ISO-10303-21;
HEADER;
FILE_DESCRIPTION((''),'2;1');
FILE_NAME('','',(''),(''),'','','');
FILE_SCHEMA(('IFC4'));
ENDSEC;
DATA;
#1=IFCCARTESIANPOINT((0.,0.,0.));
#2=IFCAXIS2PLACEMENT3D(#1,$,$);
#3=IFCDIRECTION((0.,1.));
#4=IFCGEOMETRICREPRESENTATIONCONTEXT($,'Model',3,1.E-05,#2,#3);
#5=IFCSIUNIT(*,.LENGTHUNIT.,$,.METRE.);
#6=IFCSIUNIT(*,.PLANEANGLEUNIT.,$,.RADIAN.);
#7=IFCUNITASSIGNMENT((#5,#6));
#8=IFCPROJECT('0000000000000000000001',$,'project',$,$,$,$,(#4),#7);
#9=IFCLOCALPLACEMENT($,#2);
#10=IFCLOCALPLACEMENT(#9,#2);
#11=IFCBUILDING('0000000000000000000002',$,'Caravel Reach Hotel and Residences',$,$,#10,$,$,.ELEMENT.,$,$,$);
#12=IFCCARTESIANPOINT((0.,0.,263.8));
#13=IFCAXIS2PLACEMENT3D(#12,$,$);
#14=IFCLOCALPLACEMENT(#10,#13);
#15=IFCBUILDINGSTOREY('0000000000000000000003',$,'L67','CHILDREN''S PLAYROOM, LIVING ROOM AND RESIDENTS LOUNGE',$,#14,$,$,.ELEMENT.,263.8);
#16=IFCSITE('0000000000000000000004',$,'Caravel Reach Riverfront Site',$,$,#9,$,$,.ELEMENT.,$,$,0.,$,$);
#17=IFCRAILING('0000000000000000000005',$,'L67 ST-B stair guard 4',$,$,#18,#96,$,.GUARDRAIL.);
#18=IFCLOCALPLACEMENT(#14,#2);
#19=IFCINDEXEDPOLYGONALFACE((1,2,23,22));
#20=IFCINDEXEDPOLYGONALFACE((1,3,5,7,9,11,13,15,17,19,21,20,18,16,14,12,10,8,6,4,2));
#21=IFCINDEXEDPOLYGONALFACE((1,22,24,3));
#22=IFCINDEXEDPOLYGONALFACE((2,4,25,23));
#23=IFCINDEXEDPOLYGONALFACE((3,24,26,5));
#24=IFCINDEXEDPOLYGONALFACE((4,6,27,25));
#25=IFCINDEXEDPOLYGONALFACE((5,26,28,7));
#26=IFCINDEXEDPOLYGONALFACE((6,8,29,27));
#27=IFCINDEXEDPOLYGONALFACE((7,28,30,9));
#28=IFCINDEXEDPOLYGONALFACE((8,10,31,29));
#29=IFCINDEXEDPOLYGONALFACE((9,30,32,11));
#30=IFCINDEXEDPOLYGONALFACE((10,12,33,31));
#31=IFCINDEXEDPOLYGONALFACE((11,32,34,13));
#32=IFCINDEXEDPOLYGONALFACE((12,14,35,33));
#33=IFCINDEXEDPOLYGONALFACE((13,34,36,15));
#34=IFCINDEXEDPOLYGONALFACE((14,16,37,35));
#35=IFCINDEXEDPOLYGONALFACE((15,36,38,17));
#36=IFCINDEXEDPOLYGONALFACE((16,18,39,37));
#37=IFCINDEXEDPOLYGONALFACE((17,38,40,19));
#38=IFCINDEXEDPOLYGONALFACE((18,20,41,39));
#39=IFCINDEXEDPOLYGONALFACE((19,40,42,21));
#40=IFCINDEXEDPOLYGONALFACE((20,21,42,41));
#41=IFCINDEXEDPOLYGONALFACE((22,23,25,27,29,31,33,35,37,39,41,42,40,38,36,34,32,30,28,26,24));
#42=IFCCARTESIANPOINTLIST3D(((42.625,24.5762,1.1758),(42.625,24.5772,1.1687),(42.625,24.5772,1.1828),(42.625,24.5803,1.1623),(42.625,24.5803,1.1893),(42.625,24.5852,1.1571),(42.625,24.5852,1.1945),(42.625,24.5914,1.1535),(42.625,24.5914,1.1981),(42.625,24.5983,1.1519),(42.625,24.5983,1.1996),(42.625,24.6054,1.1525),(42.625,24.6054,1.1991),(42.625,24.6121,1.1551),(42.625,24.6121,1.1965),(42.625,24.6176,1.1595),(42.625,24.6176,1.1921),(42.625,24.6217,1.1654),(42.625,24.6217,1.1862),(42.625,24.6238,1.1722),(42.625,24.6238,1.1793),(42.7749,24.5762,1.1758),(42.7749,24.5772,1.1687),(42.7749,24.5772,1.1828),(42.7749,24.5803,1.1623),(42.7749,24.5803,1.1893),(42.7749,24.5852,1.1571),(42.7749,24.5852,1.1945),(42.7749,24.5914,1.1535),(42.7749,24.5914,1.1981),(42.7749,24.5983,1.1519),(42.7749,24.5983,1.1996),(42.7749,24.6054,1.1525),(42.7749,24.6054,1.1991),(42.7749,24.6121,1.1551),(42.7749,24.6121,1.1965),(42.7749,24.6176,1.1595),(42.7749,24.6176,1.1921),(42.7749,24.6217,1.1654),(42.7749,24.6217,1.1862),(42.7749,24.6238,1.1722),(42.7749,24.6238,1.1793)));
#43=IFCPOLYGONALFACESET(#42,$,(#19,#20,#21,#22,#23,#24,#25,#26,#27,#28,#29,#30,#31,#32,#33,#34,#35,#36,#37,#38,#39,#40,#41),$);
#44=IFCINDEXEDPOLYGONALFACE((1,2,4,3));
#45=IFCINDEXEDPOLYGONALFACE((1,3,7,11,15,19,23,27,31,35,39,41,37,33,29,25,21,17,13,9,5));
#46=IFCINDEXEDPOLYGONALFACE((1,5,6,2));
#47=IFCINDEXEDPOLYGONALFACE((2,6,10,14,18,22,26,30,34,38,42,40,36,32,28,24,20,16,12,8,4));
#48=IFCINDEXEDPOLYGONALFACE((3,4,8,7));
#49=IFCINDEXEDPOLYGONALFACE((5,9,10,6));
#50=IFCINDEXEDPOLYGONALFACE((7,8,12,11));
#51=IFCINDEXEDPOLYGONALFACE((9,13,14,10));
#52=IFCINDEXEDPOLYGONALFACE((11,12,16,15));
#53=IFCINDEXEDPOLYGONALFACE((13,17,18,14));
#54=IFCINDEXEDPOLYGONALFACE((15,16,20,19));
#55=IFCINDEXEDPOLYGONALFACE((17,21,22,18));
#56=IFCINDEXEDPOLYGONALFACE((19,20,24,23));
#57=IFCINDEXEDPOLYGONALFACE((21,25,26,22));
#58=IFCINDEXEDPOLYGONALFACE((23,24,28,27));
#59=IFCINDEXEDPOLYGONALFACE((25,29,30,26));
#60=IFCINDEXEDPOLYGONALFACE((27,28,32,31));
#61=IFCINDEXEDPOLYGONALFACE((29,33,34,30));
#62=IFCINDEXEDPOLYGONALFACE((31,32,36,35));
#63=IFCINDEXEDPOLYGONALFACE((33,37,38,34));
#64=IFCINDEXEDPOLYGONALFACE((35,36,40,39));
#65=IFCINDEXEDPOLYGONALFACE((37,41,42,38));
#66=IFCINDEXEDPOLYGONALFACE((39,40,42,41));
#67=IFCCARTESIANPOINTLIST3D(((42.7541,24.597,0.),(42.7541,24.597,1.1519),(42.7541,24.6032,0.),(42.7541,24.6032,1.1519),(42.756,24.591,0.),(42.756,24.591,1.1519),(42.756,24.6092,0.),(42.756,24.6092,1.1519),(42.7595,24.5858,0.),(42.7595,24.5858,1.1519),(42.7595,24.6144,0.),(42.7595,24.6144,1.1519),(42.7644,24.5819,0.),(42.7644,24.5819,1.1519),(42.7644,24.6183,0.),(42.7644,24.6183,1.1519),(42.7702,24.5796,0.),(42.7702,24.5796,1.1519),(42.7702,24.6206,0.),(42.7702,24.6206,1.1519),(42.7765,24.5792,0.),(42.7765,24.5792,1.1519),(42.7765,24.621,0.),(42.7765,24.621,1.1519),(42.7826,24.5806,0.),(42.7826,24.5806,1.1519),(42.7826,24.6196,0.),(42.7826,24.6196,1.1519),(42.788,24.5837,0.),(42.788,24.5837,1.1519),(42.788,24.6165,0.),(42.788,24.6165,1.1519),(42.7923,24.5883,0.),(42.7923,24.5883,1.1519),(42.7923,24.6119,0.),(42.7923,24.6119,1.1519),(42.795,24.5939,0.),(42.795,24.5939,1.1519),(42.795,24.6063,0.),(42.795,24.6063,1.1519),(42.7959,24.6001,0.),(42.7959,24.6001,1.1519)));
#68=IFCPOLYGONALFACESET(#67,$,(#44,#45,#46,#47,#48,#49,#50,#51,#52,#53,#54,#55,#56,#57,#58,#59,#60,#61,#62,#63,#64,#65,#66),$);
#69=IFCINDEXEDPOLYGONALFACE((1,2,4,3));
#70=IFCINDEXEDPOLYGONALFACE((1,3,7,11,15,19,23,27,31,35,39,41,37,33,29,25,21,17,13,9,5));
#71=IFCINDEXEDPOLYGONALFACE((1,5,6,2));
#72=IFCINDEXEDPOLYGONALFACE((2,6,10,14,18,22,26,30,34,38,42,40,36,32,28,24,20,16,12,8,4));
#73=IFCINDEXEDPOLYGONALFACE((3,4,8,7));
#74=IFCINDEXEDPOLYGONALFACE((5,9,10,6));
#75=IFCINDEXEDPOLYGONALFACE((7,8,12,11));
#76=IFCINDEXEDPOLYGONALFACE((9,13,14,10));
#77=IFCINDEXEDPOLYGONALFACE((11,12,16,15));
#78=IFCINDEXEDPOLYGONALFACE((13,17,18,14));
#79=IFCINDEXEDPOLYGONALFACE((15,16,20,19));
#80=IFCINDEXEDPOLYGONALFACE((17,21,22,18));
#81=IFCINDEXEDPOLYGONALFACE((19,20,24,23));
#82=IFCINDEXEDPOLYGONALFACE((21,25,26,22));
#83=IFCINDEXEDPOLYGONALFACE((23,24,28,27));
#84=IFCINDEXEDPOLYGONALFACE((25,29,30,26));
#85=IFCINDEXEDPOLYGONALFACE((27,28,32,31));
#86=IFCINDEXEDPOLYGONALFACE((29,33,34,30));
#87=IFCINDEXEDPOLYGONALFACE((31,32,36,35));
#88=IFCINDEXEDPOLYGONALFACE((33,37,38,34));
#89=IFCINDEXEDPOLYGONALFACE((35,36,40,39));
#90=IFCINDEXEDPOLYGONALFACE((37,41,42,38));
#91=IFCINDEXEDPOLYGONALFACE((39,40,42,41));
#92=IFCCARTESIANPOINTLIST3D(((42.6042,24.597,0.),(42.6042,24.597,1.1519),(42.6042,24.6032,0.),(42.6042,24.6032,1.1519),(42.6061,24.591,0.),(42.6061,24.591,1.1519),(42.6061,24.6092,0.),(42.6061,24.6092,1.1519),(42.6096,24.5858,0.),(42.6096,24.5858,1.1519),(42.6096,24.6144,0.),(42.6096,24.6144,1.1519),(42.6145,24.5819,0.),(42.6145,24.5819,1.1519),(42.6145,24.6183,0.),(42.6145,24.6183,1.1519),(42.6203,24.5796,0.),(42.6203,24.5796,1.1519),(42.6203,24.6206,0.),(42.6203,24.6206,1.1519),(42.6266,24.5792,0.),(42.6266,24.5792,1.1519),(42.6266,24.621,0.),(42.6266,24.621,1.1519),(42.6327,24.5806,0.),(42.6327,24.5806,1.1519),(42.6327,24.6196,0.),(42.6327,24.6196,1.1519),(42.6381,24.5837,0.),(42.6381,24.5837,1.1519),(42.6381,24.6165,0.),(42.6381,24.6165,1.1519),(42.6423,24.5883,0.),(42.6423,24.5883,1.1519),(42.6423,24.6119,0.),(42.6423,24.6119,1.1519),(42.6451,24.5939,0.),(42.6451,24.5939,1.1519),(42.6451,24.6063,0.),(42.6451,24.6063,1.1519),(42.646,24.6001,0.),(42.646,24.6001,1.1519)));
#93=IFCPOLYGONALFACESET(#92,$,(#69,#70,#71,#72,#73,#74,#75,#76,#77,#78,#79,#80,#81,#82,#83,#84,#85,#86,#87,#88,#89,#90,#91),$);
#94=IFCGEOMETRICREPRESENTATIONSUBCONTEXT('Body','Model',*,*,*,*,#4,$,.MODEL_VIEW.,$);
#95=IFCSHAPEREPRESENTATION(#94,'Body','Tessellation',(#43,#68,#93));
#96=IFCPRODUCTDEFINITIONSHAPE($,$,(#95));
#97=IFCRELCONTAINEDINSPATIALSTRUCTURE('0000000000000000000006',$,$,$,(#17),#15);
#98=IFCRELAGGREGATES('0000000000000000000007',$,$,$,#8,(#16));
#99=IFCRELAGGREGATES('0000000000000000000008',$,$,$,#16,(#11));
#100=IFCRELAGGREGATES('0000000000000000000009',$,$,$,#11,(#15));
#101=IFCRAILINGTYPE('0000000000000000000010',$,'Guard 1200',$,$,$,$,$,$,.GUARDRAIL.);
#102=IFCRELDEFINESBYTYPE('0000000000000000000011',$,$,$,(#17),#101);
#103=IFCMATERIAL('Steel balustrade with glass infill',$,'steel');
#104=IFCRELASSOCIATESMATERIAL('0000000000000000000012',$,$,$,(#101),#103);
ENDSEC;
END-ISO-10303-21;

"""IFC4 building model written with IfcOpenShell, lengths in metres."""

from ifc_helpers import new_model, si_unit, direction, frame, origin, origin_2d, place, context, subcontext, project, spatial, circle, extrude, material, type_object, element, save


model = new_model("IFC4")

# Units and contexts
model_context = context("Model", 3, precision=1e-05, world=origin(), true_north=direction((0.0, 1.0)))
body_context = subcontext(model_context, "Body", "Model", "MODEL_VIEW")
ifc_project = project(units=[si_unit("LENGTHUNIT", "METRE"), si_unit("PLANEANGLEUNIT", "RADIAN")], contexts=[model_context])

# Site, building, storey
site_placement = place(None, origin())
site = spatial("IfcSite", under=ifc_project, at=site_placement, Name="Caravel Reach Riverfront Site", CompositionType="ELEMENT", RefElevation=0.0)
building_placement = place(site_placement, origin())
building = spatial("IfcBuilding", under=site, at=building_placement, Name="Caravel Reach Hotel and Residences", CompositionType="ELEMENT")
storey_placement = place(building_placement, frame((0.0, 0.0, 263.8)))
storey = spatial("IfcBuildingStorey", under=building, at=storey_placement, Name="L67", Description="CHILDREN'S PLAYROOM, LIVING ROOM AND RESIDENTS LOUNGE", CompositionType="ELEMENT", Elevation=263.8)

# Railing
ifc_material_1 = material(Name="Steel balustrade with glass infill", Category="steel")
railing_type_1 = type_object("IfcRailingType", Name="Guard 1200", PredefinedType="GUARDRAIL", material=ifc_material_1)
railing_1_placement = place(storey_placement, frame((42.7749, 24.6001, 0.0)))
element("IfcRailing", 1, at=railing_1_placement, inside=storey, type_object=railing_type_1, Name="L67 ST-B stair guard 4", PredefinedType="GUARDRAIL", context=body_context, shape_type="SweptSolid", body=[
    extrude(circle(Radius=0.0239, at=origin_2d()), frame((0.0, 0.0, 1.1758), z_axis=(-1.0, 0.0, 0.0), x_axis=(0.0, -1.0, 0.0)), (0.0, 0.0, 1.0), 0.1499),
    extrude(circle(Radius=0.021, at=origin_2d()), origin(), (0.0, 0.0, 1.0), 1.1519),
    extrude(circle(Radius=0.021, at=origin_2d()), frame((-0.1499, 0.0, 0.0)), (0.0, 0.0, 1.0), 1.1519),
])

save(model, "model.ifc")
